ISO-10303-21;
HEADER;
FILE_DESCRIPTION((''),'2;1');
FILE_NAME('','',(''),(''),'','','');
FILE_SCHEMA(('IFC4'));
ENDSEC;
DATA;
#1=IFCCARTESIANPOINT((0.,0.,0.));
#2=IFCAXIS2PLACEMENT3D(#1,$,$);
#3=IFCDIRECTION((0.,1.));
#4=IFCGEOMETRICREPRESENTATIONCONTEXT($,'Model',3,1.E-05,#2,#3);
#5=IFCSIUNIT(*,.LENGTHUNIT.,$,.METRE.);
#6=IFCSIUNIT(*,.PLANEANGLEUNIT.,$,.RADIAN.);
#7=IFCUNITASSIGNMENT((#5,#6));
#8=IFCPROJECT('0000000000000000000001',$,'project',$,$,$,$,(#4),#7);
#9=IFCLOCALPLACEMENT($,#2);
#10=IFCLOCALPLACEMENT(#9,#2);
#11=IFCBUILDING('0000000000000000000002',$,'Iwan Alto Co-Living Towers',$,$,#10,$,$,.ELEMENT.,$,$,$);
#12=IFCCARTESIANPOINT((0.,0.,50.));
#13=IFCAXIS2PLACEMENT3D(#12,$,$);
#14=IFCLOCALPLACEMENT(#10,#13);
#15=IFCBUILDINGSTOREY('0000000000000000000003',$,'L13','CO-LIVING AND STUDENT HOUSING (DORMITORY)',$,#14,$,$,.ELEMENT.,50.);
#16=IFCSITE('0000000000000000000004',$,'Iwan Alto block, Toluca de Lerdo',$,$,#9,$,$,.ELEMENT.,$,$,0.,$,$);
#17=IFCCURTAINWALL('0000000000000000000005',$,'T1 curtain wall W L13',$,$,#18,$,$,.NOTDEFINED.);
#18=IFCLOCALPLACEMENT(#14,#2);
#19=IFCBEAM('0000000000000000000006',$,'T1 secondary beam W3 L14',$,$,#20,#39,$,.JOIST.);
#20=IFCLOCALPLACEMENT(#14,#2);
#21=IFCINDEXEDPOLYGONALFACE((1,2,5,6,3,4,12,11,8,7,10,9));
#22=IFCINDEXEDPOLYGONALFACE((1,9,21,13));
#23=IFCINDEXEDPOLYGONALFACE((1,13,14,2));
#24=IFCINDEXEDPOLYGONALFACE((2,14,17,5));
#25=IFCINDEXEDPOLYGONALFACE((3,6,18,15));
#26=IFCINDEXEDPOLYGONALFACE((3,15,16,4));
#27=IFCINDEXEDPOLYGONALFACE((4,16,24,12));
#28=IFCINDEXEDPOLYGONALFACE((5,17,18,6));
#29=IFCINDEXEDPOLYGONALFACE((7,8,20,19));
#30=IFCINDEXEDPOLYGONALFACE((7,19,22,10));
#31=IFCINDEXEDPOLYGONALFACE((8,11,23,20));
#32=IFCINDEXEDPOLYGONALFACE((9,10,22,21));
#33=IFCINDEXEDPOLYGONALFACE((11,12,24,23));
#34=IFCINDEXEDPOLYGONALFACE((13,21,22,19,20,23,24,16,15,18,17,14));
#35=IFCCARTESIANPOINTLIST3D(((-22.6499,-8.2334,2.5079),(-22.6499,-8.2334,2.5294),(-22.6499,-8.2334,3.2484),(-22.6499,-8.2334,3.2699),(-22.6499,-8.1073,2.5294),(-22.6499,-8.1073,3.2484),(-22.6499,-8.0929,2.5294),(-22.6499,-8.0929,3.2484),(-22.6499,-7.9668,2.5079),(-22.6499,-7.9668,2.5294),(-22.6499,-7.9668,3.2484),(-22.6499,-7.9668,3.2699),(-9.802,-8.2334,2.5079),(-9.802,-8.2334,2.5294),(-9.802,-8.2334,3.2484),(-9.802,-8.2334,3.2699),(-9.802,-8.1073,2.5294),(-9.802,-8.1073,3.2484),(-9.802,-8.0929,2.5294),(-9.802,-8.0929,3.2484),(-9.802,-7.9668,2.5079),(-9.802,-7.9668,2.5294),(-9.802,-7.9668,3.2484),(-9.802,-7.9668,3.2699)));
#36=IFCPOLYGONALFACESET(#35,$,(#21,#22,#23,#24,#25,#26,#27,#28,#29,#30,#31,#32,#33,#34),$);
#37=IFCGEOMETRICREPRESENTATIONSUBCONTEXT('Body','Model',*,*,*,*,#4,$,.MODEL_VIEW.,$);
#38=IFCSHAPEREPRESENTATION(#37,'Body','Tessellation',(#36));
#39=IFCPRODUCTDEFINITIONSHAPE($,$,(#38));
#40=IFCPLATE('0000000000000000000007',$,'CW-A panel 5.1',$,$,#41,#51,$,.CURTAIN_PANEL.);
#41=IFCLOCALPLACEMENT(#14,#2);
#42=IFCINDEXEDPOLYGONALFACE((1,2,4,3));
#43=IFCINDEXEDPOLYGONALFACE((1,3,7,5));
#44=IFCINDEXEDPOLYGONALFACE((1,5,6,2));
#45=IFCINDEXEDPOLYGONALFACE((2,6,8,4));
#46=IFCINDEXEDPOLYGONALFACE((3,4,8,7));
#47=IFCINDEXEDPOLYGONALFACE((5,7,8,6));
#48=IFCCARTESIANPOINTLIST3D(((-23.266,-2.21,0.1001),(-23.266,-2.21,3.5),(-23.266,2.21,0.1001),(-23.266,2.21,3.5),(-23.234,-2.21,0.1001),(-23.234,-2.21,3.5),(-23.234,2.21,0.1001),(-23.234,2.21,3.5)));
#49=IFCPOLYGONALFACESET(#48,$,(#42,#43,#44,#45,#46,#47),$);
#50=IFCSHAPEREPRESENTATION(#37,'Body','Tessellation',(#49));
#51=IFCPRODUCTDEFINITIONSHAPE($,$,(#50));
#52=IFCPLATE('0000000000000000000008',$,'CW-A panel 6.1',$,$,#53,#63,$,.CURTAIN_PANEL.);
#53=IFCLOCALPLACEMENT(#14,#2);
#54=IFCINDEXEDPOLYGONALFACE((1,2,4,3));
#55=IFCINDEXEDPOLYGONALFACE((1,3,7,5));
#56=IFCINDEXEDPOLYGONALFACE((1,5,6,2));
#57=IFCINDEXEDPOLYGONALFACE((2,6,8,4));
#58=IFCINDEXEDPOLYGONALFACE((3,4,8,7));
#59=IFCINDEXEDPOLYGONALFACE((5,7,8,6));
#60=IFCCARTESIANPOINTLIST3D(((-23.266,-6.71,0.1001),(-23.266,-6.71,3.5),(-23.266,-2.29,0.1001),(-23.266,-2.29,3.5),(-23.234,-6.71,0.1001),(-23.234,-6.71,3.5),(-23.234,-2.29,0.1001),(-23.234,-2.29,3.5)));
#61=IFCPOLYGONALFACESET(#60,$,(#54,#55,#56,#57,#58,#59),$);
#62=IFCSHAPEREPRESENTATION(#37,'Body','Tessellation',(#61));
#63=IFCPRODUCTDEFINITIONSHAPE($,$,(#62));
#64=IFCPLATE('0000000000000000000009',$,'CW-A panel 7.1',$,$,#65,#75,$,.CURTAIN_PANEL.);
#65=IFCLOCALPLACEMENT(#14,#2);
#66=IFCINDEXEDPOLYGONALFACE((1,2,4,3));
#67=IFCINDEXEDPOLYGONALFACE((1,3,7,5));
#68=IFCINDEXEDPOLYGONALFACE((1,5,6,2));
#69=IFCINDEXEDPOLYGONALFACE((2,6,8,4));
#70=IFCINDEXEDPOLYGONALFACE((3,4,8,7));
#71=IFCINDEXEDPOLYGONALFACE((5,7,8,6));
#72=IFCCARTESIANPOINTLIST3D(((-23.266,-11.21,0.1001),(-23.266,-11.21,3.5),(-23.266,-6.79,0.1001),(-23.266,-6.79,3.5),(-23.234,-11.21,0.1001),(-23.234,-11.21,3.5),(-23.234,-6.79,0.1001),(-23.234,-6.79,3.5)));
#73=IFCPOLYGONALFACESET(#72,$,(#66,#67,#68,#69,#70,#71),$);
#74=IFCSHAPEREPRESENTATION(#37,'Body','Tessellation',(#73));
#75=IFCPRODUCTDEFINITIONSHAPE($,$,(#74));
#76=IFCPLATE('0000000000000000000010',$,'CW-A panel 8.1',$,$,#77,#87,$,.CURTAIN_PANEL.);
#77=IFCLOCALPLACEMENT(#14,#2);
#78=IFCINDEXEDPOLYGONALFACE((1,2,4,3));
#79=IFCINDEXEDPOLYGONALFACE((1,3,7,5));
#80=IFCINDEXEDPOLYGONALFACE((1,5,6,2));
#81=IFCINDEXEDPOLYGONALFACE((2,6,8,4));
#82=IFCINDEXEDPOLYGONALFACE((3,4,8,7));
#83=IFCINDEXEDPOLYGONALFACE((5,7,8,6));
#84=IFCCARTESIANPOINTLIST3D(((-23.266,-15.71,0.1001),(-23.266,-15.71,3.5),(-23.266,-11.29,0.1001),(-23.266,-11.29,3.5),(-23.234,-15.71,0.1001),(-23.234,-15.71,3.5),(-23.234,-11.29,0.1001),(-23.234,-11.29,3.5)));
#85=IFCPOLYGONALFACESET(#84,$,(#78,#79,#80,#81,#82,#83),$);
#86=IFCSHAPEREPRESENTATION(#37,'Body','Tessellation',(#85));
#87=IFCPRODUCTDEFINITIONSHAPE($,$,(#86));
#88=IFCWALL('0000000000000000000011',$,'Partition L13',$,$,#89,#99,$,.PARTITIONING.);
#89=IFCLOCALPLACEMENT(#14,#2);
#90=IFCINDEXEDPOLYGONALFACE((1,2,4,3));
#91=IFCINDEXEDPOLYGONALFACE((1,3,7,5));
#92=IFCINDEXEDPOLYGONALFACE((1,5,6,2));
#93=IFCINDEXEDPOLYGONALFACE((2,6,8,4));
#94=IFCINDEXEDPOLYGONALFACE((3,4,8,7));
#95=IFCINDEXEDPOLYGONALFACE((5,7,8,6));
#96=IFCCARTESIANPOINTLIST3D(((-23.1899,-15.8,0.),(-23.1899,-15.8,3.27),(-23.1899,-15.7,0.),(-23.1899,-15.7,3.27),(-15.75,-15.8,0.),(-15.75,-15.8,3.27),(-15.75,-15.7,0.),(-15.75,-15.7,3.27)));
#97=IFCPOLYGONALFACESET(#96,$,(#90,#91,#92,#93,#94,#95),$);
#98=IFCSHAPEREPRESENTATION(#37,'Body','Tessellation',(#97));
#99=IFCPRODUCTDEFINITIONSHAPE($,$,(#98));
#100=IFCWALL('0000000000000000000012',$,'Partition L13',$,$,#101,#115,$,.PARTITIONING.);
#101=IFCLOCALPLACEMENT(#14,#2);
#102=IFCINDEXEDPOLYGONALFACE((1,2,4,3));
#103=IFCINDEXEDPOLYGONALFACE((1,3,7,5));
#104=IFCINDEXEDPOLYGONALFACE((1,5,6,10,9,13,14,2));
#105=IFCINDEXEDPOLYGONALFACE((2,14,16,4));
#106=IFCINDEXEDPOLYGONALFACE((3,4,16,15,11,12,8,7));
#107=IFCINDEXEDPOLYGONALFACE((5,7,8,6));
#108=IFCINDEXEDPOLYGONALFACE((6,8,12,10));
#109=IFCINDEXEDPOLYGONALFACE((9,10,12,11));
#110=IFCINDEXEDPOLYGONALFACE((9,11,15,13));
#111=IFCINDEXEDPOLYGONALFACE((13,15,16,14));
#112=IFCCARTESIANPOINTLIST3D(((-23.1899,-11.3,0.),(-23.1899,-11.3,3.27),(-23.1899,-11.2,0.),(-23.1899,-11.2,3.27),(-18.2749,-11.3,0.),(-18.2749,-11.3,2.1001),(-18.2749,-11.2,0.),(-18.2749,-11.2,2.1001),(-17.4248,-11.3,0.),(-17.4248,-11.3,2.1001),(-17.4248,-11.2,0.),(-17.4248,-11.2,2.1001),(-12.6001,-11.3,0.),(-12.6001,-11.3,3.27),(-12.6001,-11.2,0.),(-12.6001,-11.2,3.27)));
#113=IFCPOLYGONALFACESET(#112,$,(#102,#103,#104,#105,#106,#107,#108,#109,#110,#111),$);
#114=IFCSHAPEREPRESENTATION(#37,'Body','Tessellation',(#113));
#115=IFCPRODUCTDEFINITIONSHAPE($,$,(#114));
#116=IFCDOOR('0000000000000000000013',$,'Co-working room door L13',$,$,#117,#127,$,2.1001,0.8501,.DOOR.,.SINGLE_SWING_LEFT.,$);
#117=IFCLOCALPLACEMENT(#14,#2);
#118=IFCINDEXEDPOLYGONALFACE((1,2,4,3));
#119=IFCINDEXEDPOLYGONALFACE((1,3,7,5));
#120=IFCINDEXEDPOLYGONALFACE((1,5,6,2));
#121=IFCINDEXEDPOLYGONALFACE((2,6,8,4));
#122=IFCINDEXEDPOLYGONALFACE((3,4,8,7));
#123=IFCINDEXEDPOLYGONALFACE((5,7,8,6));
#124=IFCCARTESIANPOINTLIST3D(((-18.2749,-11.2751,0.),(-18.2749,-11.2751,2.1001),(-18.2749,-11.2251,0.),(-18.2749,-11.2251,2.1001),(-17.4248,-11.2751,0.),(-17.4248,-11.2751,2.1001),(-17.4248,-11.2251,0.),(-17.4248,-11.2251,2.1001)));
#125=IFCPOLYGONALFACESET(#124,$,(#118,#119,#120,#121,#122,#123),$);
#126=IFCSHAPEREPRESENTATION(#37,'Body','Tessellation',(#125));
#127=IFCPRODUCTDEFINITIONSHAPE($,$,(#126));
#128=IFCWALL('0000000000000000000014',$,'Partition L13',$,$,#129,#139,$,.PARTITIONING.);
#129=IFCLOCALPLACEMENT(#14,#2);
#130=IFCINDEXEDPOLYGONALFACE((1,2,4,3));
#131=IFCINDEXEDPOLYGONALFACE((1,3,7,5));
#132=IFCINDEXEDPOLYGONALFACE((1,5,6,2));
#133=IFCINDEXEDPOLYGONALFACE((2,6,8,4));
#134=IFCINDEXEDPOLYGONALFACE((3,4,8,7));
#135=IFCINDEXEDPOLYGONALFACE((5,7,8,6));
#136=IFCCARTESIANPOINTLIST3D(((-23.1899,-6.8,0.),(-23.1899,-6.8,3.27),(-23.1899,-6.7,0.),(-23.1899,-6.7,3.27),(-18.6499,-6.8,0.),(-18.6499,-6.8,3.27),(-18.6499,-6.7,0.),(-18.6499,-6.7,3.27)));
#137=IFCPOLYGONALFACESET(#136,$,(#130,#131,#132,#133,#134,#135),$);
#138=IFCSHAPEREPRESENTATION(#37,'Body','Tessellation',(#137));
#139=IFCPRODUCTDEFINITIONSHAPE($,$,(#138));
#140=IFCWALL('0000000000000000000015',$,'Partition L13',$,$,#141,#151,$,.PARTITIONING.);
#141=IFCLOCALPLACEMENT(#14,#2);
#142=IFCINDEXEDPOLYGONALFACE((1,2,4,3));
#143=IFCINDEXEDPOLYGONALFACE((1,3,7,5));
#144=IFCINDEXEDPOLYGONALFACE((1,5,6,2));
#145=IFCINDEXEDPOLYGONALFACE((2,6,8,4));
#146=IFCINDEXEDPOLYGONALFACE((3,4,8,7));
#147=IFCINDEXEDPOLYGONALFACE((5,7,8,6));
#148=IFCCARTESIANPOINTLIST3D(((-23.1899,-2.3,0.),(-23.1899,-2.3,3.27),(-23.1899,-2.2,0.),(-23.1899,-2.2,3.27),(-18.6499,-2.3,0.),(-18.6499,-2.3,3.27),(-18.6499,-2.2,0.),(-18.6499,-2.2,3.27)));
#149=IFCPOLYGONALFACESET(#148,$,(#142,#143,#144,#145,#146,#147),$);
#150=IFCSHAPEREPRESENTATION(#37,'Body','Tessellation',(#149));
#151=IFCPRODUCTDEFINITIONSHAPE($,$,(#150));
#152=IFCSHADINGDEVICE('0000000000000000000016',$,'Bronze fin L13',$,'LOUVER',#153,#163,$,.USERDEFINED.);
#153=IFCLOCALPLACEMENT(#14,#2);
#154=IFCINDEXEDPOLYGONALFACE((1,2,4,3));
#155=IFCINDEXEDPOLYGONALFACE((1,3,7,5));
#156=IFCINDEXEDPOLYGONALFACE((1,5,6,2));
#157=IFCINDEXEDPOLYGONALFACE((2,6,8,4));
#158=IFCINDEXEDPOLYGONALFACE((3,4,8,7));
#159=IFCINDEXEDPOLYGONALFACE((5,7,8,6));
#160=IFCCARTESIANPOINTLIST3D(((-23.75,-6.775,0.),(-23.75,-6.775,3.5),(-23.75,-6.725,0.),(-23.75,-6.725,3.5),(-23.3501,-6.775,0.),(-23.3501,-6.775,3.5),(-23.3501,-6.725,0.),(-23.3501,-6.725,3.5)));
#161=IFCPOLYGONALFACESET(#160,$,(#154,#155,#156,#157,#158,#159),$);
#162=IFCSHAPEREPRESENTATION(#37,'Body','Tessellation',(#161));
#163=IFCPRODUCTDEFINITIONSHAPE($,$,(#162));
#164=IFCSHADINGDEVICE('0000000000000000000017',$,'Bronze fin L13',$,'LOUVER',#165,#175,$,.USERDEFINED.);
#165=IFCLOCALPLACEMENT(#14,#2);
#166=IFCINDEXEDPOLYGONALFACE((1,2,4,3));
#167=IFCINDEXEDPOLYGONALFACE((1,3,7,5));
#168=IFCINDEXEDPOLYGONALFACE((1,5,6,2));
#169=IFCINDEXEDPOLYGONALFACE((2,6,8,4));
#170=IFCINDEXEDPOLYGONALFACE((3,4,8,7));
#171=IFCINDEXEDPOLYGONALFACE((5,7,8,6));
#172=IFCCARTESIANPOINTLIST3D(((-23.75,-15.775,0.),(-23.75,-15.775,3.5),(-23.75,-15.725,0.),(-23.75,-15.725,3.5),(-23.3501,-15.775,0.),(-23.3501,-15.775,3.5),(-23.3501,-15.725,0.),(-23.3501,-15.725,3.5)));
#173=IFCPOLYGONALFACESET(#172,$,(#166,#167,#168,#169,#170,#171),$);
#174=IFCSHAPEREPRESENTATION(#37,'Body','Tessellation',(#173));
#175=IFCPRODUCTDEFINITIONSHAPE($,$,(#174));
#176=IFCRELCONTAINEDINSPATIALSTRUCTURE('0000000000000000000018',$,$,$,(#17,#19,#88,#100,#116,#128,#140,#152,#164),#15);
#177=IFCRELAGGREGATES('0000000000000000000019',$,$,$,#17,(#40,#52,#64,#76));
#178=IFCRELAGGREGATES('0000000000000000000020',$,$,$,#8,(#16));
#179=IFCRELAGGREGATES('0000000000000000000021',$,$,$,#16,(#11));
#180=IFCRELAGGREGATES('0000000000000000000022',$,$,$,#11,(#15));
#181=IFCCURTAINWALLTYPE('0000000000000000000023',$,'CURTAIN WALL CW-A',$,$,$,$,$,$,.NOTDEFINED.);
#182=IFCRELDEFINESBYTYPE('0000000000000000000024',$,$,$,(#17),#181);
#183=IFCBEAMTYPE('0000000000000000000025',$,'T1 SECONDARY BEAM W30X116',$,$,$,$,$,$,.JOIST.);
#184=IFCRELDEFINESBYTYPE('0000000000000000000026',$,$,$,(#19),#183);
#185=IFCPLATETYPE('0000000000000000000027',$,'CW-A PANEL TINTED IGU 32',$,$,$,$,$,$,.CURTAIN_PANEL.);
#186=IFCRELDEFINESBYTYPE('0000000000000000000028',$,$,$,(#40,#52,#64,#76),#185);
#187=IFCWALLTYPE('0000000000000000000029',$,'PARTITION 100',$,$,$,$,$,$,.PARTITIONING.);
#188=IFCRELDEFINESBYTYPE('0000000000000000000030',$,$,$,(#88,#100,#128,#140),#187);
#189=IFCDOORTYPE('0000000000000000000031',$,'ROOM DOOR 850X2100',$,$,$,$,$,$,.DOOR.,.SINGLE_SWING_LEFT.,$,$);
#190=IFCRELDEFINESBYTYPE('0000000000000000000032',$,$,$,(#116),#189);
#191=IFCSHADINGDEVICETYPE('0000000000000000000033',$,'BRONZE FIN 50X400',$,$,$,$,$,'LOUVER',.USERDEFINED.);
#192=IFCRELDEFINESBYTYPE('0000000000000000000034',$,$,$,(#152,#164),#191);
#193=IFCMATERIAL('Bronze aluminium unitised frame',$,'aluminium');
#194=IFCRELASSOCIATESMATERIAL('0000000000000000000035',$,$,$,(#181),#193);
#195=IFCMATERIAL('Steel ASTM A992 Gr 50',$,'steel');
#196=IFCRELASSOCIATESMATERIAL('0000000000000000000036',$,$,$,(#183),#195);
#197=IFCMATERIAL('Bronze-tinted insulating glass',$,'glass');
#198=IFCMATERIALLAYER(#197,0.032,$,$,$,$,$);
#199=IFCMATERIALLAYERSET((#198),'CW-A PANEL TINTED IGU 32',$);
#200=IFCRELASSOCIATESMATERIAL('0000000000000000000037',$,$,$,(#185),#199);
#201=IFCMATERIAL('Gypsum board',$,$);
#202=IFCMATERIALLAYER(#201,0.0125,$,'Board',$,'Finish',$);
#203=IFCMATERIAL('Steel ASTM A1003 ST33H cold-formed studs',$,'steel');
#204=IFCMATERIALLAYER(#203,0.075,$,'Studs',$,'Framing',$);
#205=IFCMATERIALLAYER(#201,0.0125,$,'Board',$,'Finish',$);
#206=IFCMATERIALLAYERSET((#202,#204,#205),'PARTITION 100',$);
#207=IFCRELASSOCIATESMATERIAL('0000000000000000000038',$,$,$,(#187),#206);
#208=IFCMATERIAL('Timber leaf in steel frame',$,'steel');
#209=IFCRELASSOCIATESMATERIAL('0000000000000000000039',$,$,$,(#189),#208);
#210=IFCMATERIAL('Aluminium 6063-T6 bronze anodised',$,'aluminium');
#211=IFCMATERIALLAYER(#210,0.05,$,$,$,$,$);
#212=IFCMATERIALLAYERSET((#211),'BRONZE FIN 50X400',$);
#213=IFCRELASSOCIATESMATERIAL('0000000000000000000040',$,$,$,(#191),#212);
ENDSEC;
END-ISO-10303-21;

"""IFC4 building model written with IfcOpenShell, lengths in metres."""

from ifc_helpers import new_model, si_unit, direction, frame, frame_2d, origin, origin_2d, place, context, subcontext, project, spatial, rectangle, i_section, extrude, material, layer, layer_set, material_profile, profile_set, type_object, element, fill, aggregate, save


model = new_model("IFC4")

# Units and contexts
model_context = context("Model", 3, precision=1e-05, world=origin(), true_north=direction((0.0, 1.0)))
body_context = subcontext(model_context, "Body", "Model", "MODEL_VIEW")
ifc_project = project(units=[si_unit("LENGTHUNIT", "METRE"), si_unit("PLANEANGLEUNIT", "RADIAN")], contexts=[model_context])

# Site, building, storey
site_placement = place(None, origin())
site = spatial("IfcSite", under=ifc_project, at=site_placement, Name="Iwan Alto block, Toluca de Lerdo", CompositionType="ELEMENT", RefElevation=0.0)
building_placement = place(site_placement, origin())
building = spatial("IfcBuilding", under=site, at=building_placement, Name="Iwan Alto Co-Living Towers", CompositionType="ELEMENT")
storey_placement = place(building_placement, frame((0.0, 0.0, 50.0)))
storey = spatial("IfcBuildingStorey", under=building, at=storey_placement, Name="L13", Description="CO-LIVING AND STUDENT HOUSING (DORMITORY)", CompositionType="ELEMENT", Elevation=50.0)

# Curtain wall
ifc_material_1 = material(Name="Bronze aluminium unitised frame", Category="aluminium")
curtain_wall_type = type_object("IfcCurtainWallType", Name="CURTAIN WALL CW-A", PredefinedType="NOTDEFINED", material=ifc_material_1)
curtain_wall_placement = place(storey_placement, origin())
curtain_wall = element("IfcCurtainWall", 1, at=curtain_wall_placement, inside=storey, type_object=curtain_wall_type, Name="T1 curtain wall W L13", PredefinedType="NOTDEFINED")

# Beam
ifc_material_2 = material(Name="Steel ASTM A992 Gr 50", Category="steel")
ifc_material_profile_1 = material_profile(ifc_material_2, i_section(OverallWidth=0.2666, OverallDepth=0.762, WebThickness=0.0144, FlangeThickness=0.0215, at=origin_2d()), Name="W30X116")
ifc_profile_set_1 = profile_set([ifc_material_profile_1], Name="Steel ASTM A992 Gr 50")
beam_type_1 = type_object("IfcBeamType", Name="T1 SECONDARY BEAM W30X116", PredefinedType="JOIST", material=ifc_profile_set_1)
beam_1_placement = place(storey_placement, frame((-22.6499, -8.1001, 2.8889), z_axis=(1.0, 0.0, 0.0), x_axis=(0.0, 1.0, 0.0)))
element("IfcBeam", 2, at=beam_1_placement, inside=storey, type_object=beam_type_1, Name="T1 secondary beam W3 L14", PredefinedType="JOIST", context=body_context, shape_type="SweptSolid", body=[
    extrude(i_section(OverallWidth=0.2666, OverallDepth=0.762, WebThickness=0.0144, FlangeThickness=0.0215, at=origin_2d()), origin(), (0.0, 0.0, 1.0), 12.8479),
])

# Plates
ifc_material_3 = material(Name="Bronze-tinted insulating glass", Category="glass")
ifc_layer_1 = layer(ifc_material_3, 0.032)
ifc_layer_set_1 = layer_set([ifc_layer_1], Name="CW-A PANEL TINTED IGU 32")
plate_type = type_object("IfcPlateType", Name="CW-A PANEL TINTED IGU 32", PredefinedType="CURTAIN_PANEL", material=ifc_layer_set_1)
plate_1_placement = place(storey_placement, frame((-23.25, 0.0, 0.1001), z_axis=(0.0, 0.0, 1.0), x_axis=(0.0, -1.0, 0.0)))
plate_1 = element("IfcPlate", 3, at=plate_1_placement, type_object=plate_type, Name="CW-A panel 5.1", PredefinedType="CURTAIN_PANEL", context=body_context, shape_type="SweptSolid", body=[
    extrude(rectangle(XDim=4.4199, YDim=0.032, at=origin_2d()), origin(), (0.0, 0.0, 1.0), 3.3999),
])
plate_2_placement = place(storey_placement, frame((-23.25, -4.5, 0.1001), z_axis=(0.0, 0.0, 1.0), x_axis=(0.0, -1.0, 0.0)))
plate_2 = element("IfcPlate", 4, at=plate_2_placement, type_object=plate_type, Name="CW-A panel 6.1", PredefinedType="CURTAIN_PANEL", context=body_context, shape_type="SweptSolid", body=[
    extrude(rectangle(XDim=4.4199, YDim=0.032, at=origin_2d()), origin(), (0.0, 0.0, 1.0), 3.3999),
])
plate_3_placement = place(storey_placement, frame((-23.25, -9.0, 0.1001), z_axis=(0.0, 0.0, 1.0), x_axis=(0.0, -1.0, 0.0)))
plate_3 = element("IfcPlate", 5, at=plate_3_placement, type_object=plate_type, Name="CW-A panel 7.1", PredefinedType="CURTAIN_PANEL", context=body_context, shape_type="SweptSolid", body=[
    extrude(rectangle(XDim=4.4199, YDim=0.032, at=origin_2d()), origin(), (0.0, 0.0, 1.0), 3.3999),
])
plate_4_placement = place(storey_placement, frame((-23.25, -13.5, 0.1001), z_axis=(0.0, 0.0, 1.0), x_axis=(0.0, -1.0, 0.0)))
plate_4 = element("IfcPlate", 6, at=plate_4_placement, type_object=plate_type, Name="CW-A panel 8.1", PredefinedType="CURTAIN_PANEL", context=body_context, shape_type="SweptSolid", body=[
    extrude(rectangle(XDim=4.4199, YDim=0.032, at=origin_2d()), origin(), (0.0, 0.0, 1.0), 3.3999),
])
aggregate(curtain_wall, [plate_1, plate_2, plate_3, plate_4])

# Wall
ifc_material_4 = material(Name="Gypsum board")
ifc_layer_2 = layer(ifc_material_4, 0.0125, Name="Board", Category="Finish")
ifc_material_5 = material(Name="Steel ASTM A1003 ST33H cold-formed studs", Category="steel")
ifc_layer_3 = layer(ifc_material_5, 0.075, Name="Studs", Category="Framing")
ifc_layer_4 = layer(ifc_material_4, 0.0125, Name="Board", Category="Finish")
ifc_layer_set_2 = layer_set([ifc_layer_2, ifc_layer_3, ifc_layer_4], Name="PARTITION 100")
wall_type = type_object("IfcWallType", Name="PARTITION 100", PredefinedType="PARTITIONING", material=ifc_layer_set_2)
wall_1_placement = place(storey_placement, frame((-23.1899, -15.75, 0.0), z_axis=(0.0, 0.0, 1.0), x_axis=(1.0, 0.0, 0.0)))
element("IfcWall", 7, at=wall_1_placement, inside=storey, type_object=wall_type, Name="Partition L13", PredefinedType="PARTITIONING", context=body_context, shape_type="SweptSolid", body=[
    extrude(rectangle(XDim=7.4399, YDim=0.1001, at=frame_2d((3.72, 0.0))), origin(), (0.0, 0.0, 1.0), 3.27),
])

# Wall, opening, door
wall_2_placement = place(storey_placement, frame((-23.1899, -11.25, 0.0), z_axis=(0.0, 0.0, 1.0), x_axis=(1.0, 0.0, 0.0)))
wall_2 = element("IfcWall", 8, at=wall_2_placement, inside=storey, type_object=wall_type, Name="Partition L13", PredefinedType="PARTITIONING", context=body_context, shape_type="SweptSolid", body=[
    extrude(rectangle(XDim=10.5898, YDim=0.1001, at=frame_2d((5.2949, 0.0))), origin(), (0.0, 0.0, 1.0), 3.27),
])
opening_placement = place(wall_2_placement, frame((4.915, 0.0, 0.0)))
opening = element("IfcOpeningElement", 9, at=opening_placement, cuts=wall_2, PredefinedType="OPENING", context=body_context, shape_type="SweptSolid", body=[
    extrude(rectangle(XDim=0.8501, YDim=2.1001, at=frame_2d((0.425, 1.05))), frame((0.0, 0.0601, 0.0), z_axis=(0.0, -1.0, 0.0), x_axis=(1.0, 0.0, 0.0)), (0.0, 0.0, 1.0), 0.1201),
])
ifc_material_6 = material(Name="Timber leaf in steel frame", Category="steel")
door_type = type_object("IfcDoorType", Name="ROOM DOOR 850X2100", OperationType="SINGLE_SWING_LEFT", PredefinedType="DOOR", material=ifc_material_6)
door_placement = place(opening_placement, origin())
door = element("IfcDoor", 10, at=door_placement, inside=storey, type_object=door_type, Name="Co-working room door L13", OperationType="SINGLE_SWING_LEFT", OverallHeight=2.1001, OverallWidth=0.8501, PredefinedType="DOOR", context=body_context, shape_type="SweptSolid", body=[
    extrude(rectangle(XDim=0.8501, YDim=2.1001, at=frame_2d((0.425, 1.05))), frame((0.0, 0.0249, 0.0), z_axis=(0.0, -1.0, 0.0), x_axis=(1.0, 0.0, 0.0)), (0.0, 0.0, 1.0), 0.05),
])
fill(opening, door)

# Walls
for number, where, z_axis, x_axis, name in (
    (11, (-23.1899, -6.75, 0.0), (0.0, 0.0, 1.0), (1.0, 0.0, 0.0), "Partition L13"),
    (12, (-23.1899, -2.25, 0.0), (0.0, 0.0, 1.0), (1.0, 0.0, 0.0), "Partition L13"),
):
    element("IfcWall", number, at=place(storey_placement, frame(where, z_axis=z_axis, x_axis=x_axis)), inside=storey, type_object=wall_type, Name=name, PredefinedType="PARTITIONING", context=body_context, shape_type="SweptSolid", body=[
        extrude(rectangle(XDim=4.54, YDim=0.1001, at=frame_2d((2.27, 0.0))), origin(), (0.0, 0.0, 1.0), 3.27),
    ])

# Shading devices
ifc_material_7 = material(Name="Aluminium 6063-T6 bronze anodised", Category="aluminium")
ifc_layer_5 = layer(ifc_material_7, 0.05)
ifc_layer_set_3 = layer_set([ifc_layer_5], Name="BRONZE FIN 50X400")
shading_device_type = type_object("IfcShadingDeviceType", Name="BRONZE FIN 50X400", ElementType="LOUVER", PredefinedType="USERDEFINED", material=ifc_layer_set_3)
for number, where, z_axis, x_axis, name in (
    (13, (-23.55, -6.75, 0.0), (0.0, 0.0, 1.0), (0.0, -1.0, 0.0), "Bronze fin L13"),
    (14, (-23.55, -15.75, 0.0), (0.0, 0.0, 1.0), (0.0, -1.0, 0.0), "Bronze fin L13"),
):
    element("IfcShadingDevice", number, at=place(storey_placement, frame(where, z_axis=z_axis, x_axis=x_axis)), inside=storey, type_object=shading_device_type, Name=name, ObjectType="LOUVER", PredefinedType="USERDEFINED", context=body_context, shape_type="SweptSolid", body=[
        extrude(rectangle(XDim=0.05, YDim=0.3999, at=origin_2d()), origin(), (0.0, 0.0, 1.0), 3.5),
    ])

save(model, "model.ifc")
